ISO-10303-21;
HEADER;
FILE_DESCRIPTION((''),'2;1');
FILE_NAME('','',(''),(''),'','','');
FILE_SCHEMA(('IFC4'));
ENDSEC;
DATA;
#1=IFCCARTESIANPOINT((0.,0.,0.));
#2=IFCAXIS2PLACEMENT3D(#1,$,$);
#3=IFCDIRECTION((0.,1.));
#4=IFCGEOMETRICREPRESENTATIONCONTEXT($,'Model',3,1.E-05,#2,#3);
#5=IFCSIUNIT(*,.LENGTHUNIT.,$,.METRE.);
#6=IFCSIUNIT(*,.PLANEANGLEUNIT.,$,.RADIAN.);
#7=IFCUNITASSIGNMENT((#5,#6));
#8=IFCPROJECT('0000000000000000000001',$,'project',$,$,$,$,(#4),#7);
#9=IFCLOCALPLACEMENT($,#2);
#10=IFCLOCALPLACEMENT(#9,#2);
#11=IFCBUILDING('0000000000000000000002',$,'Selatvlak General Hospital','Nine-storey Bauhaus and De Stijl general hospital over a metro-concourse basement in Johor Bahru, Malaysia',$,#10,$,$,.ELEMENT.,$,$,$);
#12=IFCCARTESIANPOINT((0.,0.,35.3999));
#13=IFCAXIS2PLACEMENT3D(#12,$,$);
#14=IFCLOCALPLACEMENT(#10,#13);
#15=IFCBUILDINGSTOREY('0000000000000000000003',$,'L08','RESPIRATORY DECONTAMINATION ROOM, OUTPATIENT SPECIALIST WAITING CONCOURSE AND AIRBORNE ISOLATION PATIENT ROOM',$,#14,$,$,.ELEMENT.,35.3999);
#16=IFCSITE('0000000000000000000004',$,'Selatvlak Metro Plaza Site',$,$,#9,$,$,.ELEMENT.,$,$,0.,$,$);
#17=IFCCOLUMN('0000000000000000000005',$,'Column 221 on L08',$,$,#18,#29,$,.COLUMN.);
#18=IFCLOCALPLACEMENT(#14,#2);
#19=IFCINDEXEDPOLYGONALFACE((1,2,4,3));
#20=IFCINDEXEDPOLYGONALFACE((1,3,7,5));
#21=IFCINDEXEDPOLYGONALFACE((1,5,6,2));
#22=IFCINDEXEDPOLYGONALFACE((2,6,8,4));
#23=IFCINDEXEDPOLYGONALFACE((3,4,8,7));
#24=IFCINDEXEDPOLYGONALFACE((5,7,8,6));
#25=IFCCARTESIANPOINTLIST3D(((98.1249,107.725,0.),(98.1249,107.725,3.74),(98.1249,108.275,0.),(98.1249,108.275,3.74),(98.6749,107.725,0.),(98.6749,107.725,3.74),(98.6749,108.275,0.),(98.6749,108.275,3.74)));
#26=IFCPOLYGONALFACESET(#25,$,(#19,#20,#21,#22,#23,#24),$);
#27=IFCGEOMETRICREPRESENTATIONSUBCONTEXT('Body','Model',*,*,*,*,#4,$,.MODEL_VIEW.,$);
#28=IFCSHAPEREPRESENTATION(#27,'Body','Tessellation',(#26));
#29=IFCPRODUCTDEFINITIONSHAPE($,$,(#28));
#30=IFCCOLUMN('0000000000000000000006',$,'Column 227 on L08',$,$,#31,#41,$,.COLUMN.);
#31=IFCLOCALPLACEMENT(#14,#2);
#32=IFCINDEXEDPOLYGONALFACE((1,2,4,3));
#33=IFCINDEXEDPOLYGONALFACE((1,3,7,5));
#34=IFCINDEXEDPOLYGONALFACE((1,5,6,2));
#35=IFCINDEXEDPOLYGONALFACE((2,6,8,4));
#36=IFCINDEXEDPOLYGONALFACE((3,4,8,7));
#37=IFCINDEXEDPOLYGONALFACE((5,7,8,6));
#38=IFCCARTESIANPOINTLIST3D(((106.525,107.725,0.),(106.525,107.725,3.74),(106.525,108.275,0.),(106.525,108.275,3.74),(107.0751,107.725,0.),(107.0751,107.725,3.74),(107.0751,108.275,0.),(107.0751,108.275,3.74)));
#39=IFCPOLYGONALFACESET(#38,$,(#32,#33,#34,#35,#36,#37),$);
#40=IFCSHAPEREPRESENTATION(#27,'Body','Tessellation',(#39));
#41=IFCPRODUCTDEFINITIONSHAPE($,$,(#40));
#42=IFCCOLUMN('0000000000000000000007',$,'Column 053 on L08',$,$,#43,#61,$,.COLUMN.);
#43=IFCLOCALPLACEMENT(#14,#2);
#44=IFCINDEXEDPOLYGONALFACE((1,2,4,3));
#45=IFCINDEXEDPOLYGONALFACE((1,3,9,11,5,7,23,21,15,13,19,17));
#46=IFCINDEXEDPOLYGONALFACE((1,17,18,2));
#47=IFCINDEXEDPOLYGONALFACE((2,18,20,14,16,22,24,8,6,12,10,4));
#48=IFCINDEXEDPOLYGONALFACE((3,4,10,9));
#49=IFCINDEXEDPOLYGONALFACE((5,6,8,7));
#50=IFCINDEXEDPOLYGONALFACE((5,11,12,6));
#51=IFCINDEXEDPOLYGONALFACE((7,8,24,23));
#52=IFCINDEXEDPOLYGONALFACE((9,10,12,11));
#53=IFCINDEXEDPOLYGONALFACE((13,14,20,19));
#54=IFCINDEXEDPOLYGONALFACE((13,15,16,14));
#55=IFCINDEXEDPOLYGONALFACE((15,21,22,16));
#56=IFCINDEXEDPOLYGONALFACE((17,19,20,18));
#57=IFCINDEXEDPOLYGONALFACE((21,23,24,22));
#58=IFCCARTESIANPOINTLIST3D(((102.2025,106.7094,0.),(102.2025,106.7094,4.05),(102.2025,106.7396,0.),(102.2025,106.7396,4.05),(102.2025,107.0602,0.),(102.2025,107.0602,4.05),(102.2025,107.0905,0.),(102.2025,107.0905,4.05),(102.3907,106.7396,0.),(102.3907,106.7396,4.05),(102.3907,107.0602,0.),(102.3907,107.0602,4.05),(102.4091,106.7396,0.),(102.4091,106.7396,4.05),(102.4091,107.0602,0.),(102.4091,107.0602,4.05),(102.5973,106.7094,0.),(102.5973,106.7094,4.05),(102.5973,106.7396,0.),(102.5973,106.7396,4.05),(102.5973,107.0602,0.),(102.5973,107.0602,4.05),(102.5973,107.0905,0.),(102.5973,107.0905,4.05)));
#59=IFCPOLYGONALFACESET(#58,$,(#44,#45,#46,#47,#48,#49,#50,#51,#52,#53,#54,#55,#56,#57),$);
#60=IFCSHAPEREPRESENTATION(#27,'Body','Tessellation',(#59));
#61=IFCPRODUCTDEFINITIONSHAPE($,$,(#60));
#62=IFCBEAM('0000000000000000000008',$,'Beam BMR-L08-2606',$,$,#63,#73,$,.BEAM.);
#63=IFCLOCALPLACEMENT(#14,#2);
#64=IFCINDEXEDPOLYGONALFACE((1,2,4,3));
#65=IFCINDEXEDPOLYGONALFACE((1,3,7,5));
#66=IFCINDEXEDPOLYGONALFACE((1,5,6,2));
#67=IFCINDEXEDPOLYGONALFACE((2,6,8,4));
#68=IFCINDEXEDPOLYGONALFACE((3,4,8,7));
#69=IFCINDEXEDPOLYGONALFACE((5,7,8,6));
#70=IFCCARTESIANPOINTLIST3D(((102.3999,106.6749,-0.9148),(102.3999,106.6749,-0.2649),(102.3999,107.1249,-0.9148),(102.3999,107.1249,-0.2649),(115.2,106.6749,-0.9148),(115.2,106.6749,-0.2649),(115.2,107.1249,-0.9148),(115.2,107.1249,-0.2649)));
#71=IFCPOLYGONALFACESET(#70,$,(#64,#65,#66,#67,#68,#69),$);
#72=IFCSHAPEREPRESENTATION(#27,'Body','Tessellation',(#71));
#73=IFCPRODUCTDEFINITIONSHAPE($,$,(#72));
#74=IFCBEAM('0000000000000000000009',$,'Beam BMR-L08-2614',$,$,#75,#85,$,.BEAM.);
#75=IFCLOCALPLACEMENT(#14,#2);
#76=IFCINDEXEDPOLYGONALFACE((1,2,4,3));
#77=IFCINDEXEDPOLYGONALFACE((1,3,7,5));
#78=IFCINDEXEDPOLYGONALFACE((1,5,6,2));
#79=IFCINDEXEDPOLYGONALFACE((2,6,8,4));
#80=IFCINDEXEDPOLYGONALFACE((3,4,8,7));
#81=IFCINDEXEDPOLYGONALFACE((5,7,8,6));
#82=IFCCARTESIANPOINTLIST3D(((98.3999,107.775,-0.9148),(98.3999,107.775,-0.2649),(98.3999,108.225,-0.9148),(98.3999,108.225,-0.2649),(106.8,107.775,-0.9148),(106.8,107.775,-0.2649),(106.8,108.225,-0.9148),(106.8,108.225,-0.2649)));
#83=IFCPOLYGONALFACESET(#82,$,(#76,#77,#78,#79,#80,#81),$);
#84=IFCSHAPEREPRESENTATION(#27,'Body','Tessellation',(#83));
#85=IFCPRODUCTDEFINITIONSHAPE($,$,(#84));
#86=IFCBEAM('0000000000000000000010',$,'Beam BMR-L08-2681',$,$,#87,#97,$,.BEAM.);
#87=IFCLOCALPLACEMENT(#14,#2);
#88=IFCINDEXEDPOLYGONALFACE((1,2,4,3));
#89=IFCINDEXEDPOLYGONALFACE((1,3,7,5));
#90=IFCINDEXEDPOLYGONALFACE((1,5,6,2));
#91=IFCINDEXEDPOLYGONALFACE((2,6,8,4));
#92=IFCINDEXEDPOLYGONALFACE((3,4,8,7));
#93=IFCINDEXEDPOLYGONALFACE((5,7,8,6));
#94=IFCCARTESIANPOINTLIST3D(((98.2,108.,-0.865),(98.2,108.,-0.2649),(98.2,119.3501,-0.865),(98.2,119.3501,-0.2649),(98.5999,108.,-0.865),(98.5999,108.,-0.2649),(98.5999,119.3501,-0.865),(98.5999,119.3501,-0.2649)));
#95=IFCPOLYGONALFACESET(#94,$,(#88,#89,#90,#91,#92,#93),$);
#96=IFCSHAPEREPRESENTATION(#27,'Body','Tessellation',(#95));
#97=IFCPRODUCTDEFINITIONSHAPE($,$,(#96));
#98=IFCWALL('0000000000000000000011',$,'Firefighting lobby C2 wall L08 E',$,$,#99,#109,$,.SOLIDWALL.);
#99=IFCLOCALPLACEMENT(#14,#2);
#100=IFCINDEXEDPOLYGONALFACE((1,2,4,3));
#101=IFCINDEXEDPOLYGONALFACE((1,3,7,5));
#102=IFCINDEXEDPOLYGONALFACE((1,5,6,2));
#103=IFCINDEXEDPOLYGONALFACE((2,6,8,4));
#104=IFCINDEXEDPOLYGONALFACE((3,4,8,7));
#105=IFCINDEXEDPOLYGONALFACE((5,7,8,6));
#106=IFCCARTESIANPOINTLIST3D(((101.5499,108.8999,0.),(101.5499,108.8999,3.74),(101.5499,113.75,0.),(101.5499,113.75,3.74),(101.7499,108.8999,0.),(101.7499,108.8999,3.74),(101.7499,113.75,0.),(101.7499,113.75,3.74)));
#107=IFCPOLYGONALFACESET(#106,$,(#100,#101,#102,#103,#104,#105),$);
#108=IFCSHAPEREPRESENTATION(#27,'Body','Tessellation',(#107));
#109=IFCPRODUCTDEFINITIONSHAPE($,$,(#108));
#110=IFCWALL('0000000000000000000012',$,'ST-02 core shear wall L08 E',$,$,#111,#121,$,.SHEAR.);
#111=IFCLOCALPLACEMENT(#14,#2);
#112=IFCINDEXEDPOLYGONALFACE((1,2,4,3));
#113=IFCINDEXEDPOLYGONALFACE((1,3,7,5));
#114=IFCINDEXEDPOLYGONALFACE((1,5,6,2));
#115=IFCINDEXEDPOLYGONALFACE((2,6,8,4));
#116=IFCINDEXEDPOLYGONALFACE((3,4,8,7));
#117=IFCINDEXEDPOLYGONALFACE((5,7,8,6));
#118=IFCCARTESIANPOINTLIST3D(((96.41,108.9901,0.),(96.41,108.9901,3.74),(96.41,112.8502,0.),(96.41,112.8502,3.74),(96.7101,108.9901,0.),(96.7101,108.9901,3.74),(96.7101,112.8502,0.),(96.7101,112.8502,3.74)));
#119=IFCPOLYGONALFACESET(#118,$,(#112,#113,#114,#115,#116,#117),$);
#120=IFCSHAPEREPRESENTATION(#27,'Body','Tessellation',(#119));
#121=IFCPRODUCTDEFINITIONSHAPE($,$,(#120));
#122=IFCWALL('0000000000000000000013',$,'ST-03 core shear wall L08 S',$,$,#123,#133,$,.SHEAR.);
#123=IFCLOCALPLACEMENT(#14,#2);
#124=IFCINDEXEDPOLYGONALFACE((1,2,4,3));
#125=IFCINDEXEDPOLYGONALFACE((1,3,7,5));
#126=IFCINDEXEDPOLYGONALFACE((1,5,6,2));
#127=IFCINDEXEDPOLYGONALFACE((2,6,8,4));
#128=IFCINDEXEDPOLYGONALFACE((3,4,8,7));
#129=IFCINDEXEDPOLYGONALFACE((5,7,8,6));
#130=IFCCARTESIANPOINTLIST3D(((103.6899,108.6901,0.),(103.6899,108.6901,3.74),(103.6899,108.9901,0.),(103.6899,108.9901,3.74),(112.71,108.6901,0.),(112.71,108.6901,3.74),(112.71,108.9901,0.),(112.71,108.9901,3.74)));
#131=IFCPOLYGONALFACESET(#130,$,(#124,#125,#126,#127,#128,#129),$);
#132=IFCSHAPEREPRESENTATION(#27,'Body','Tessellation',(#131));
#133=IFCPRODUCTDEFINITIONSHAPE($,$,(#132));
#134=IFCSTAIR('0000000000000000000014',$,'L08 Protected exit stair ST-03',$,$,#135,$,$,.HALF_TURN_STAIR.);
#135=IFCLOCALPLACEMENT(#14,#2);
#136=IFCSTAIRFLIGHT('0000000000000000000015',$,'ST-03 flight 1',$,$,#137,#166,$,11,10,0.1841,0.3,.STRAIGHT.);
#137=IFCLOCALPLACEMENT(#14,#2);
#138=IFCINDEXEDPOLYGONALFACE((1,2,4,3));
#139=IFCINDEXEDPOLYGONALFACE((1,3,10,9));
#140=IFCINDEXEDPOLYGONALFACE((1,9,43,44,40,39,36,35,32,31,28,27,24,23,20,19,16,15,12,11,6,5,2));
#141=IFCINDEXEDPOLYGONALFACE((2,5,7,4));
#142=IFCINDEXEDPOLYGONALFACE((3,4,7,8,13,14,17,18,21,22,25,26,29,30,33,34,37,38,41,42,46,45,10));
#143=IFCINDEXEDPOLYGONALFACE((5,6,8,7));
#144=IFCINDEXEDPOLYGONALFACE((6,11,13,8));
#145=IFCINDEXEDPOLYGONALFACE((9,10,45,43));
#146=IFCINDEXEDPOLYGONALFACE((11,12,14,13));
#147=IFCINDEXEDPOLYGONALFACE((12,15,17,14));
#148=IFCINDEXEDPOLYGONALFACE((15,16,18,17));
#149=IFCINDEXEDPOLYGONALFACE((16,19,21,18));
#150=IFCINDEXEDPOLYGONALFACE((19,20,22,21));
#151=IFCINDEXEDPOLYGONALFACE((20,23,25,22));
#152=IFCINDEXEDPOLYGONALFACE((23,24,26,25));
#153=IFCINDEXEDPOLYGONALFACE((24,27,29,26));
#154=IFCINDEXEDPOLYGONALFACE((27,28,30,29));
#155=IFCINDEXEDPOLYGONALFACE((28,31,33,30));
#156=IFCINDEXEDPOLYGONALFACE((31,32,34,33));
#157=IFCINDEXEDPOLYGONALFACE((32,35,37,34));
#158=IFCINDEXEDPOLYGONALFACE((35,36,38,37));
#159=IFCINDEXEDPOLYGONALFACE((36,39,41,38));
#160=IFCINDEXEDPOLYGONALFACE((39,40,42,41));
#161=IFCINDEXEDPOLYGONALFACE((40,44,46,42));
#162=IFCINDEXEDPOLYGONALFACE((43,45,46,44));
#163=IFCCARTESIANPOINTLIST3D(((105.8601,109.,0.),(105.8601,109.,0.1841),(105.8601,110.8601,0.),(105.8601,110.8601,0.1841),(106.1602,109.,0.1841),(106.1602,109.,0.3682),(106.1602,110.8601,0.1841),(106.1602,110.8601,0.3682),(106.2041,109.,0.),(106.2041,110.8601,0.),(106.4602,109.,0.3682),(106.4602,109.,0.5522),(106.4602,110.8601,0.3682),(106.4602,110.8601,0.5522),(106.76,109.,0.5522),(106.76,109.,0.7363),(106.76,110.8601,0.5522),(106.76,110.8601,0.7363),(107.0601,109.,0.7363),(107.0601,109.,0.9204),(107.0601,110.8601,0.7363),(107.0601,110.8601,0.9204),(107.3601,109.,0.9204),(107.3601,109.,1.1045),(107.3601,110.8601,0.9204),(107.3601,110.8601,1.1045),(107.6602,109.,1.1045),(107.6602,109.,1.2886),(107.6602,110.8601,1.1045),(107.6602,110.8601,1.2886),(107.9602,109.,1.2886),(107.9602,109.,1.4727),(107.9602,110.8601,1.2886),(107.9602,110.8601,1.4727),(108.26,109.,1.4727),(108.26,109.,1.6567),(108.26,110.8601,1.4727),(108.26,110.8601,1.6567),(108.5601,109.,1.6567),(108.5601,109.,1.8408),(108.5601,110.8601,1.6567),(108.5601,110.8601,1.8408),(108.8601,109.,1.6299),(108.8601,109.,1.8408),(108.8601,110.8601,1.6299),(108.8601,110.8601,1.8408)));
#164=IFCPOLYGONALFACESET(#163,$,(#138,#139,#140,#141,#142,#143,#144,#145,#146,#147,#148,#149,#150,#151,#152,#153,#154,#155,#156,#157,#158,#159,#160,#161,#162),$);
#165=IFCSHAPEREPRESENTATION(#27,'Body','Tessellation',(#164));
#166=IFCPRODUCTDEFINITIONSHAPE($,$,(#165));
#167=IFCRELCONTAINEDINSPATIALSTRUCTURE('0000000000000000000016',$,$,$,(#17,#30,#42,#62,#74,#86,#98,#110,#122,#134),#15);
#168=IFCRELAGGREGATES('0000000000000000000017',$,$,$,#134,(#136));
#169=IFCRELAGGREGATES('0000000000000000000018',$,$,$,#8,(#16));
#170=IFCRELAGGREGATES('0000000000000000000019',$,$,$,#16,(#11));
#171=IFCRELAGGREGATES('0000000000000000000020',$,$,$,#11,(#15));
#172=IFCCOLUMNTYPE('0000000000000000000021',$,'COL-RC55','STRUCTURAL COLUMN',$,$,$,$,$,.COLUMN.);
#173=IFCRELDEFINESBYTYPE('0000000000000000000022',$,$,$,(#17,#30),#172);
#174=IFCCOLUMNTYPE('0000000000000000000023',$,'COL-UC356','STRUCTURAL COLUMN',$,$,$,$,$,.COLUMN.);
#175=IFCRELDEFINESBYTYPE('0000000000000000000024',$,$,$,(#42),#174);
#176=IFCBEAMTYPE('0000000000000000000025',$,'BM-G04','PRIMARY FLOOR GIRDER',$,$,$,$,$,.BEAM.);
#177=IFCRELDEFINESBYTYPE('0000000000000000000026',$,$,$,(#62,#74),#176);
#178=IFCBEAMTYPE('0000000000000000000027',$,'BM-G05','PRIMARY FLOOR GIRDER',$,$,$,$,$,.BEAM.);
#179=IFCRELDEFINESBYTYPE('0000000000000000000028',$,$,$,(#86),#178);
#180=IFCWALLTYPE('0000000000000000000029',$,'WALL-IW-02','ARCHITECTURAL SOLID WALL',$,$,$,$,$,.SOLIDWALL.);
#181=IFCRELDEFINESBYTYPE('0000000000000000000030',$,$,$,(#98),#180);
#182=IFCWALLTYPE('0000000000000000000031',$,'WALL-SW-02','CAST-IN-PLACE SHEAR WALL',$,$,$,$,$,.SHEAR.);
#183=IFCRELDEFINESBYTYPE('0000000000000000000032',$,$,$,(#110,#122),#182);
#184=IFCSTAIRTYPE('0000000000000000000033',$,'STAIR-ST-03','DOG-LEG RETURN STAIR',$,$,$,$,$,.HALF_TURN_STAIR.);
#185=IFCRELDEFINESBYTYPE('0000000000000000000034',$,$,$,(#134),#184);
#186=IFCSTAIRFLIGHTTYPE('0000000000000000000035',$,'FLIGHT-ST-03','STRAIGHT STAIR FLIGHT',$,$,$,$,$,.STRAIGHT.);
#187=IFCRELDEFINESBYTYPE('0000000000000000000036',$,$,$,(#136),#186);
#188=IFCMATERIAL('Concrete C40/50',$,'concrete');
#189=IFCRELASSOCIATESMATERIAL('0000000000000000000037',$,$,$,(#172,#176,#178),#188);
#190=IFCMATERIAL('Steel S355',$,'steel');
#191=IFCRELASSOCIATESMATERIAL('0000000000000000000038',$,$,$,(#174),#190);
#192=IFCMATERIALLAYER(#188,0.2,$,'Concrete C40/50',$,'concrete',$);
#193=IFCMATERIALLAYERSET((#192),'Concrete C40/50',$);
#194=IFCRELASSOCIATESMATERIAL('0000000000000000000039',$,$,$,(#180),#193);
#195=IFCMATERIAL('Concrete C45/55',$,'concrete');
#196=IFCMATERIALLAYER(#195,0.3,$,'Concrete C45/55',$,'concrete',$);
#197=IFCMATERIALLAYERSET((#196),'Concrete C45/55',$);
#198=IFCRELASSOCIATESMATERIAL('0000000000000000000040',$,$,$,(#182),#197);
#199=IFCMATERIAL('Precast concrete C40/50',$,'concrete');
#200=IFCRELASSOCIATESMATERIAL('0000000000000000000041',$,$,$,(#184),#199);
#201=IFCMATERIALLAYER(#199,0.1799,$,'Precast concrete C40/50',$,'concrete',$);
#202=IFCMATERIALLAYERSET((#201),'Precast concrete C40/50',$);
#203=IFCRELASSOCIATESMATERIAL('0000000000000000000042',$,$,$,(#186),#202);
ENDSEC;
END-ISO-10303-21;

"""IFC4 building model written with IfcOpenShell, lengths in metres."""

from ifc_helpers import new_model, si_unit, direction, frame, frame_2d, origin, origin_2d, place, context, subcontext, project, spatial, polyline, rectangle, i_section, outline, extrude, material, layer, layer_set, material_profile, profile_set, type_object, element, aggregate, save


model = new_model("IFC4")

# Units and contexts
model_context = context("Model", 3, precision=1e-05, world=origin(), true_north=direction((0.0, 1.0)))
body_context = subcontext(model_context, "Body", "Model", "MODEL_VIEW")
ifc_project = project(units=[si_unit("LENGTHUNIT", "METRE"), si_unit("PLANEANGLEUNIT", "RADIAN")], contexts=[model_context])

# Site, building, storey
site_placement = place(None, origin())
site = spatial("IfcSite", under=ifc_project, at=site_placement, Name="Selatvlak Metro Plaza Site", CompositionType="ELEMENT", RefElevation=0.0)
building_placement = place(site_placement, origin())
building = spatial("IfcBuilding", under=site, at=building_placement, Name="Selatvlak General Hospital", Description="Nine-storey Bauhaus and De Stijl general hospital over a metro-concourse basement in Johor Bahru, Malaysia", CompositionType="ELEMENT")
storey_placement = place(building_placement, frame((0.0, 0.0, 35.3999)))
storey = spatial("IfcBuildingStorey", under=building, at=storey_placement, Name="L08", Description="RESPIRATORY DECONTAMINATION ROOM, OUTPATIENT SPECIALIST WAITING CONCOURSE AND AIRBORNE ISOLATION PATIENT ROOM", CompositionType="ELEMENT", Elevation=35.3999)

# Columns
ifc_material_1 = material(Name="Concrete C40/50", Category="concrete")
ifc_material_profile_1 = material_profile(ifc_material_1, rectangle(XDim=0.55, YDim=0.55, at=origin_2d()), Name="RC-COL 550x550")
ifc_profile_set_1 = profile_set([ifc_material_profile_1], Name="Concrete C40/50")
column_type_1 = type_object("IfcColumnType", Name="COL-RC55", Description="STRUCTURAL COLUMN", PredefinedType="COLUMN", material=ifc_profile_set_1)
for number, where, z_axis, x_axis, name in (
    (1, (98.3999, 108.0, 0.0), (0.0, 0.0, 1.0), (1.0, 0.0, 0.0), "Column 221 on L08"),
    (2, (106.8, 108.0, 0.0), (0.0, 0.0, 1.0), (1.0, 0.0, 0.0), "Column 227 on L08"),
):
    element("IfcColumn", number, at=place(storey_placement, frame(where, z_axis=z_axis, x_axis=x_axis)), inside=storey, type_object=column_type_1, Name=name, PredefinedType="COLUMN", context=body_context, shape_type="SweptSolid", body=[
        extrude(rectangle(XDim=0.55, YDim=0.55, at=origin_2d()), origin(), (0.0, 0.0, 1.0), 3.74),
    ])
ifc_material_2 = material(Name="Steel S355", Category="steel")
ifc_material_profile_2 = material_profile(ifc_material_2, i_section(OverallWidth=0.3948, OverallDepth=0.3811, WebThickness=0.0183, FlangeThickness=0.0303, at=origin_2d()), Name="UC 356x406x235")
ifc_profile_set_2 = profile_set([ifc_material_profile_2], Name="Steel S355")
column_type_2 = type_object("IfcColumnType", Name="COL-UC356", Description="STRUCTURAL COLUMN", PredefinedType="COLUMN", material=ifc_profile_set_2)
column_placement = place(storey_placement, frame((102.3999, 106.8999, 0.0), z_axis=(0.0, 0.0, 1.0), x_axis=(1.0, 0.0, 0.0)))
element("IfcColumn", 3, at=column_placement, inside=storey, type_object=column_type_2, Name="Column 053 on L08", PredefinedType="COLUMN", context=body_context, shape_type="SweptSolid", body=[
    extrude(i_section(OverallWidth=0.3948, OverallDepth=0.3811, WebThickness=0.0183, FlangeThickness=0.0303, at=origin_2d()), origin(), (0.0, 0.0, 1.0), 4.05),
])

# Beams
ifc_material_profile_3 = material_profile(ifc_material_1, rectangle(XDim=0.45, YDim=0.6499, at=origin_2d()), Name="RC-BM 450x650")
ifc_profile_set_3 = profile_set([ifc_material_profile_3], Name="Concrete C40/50")
beam_type_1 = type_object("IfcBeamType", Name="BM-G04", Description="PRIMARY FLOOR GIRDER", PredefinedType="BEAM", material=ifc_profile_set_3)
beam_1_placement = place(storey_placement, frame((102.3999, 106.8999, -0.5898), z_axis=(1.0, 0.0, 0.0), x_axis=(0.0, 1.0, 0.0)))
element("IfcBeam", 4, at=beam_1_placement, inside=storey, type_object=beam_type_1, Name="Beam BMR-L08-2606", PredefinedType="BEAM", context=body_context, shape_type="SweptSolid", body=[
    extrude(rectangle(XDim=0.45, YDim=0.6499, at=origin_2d()), origin(), (0.0, 0.0, 1.0), 12.8),
])
beam_2_placement = place(storey_placement, frame((98.3999, 108.0, -0.5898), z_axis=(1.0, 0.0, 0.0), x_axis=(0.0, 1.0, 0.0)))
element("IfcBeam", 5, at=beam_2_placement, inside=storey, type_object=beam_type_1, Name="Beam BMR-L08-2614", PredefinedType="BEAM", context=body_context, shape_type="SweptSolid", body=[
    extrude(rectangle(XDim=0.45, YDim=0.6499, at=origin_2d()), origin(), (0.0, 0.0, 1.0), 8.4001),
])
ifc_material_profile_4 = material_profile(ifc_material_1, rectangle(XDim=0.3999, YDim=0.6001, at=origin_2d()), Name="RC-BM 400x600")
ifc_profile_set_4 = profile_set([ifc_material_profile_4], Name="Concrete C40/50")
beam_type_2 = type_object("IfcBeamType", Name="BM-G05", Description="PRIMARY FLOOR GIRDER", PredefinedType="BEAM", material=ifc_profile_set_4)
beam_3_placement = place(storey_placement, frame((98.3999, 108.0, -0.5649), z_axis=(0.0, 1.0, 0.0), x_axis=(-1.0, 0.0, 0.0)))
element("IfcBeam", 6, at=beam_3_placement, inside=storey, type_object=beam_type_2, Name="Beam BMR-L08-2681", PredefinedType="BEAM", context=body_context, shape_type="SweptSolid", body=[
    extrude(rectangle(XDim=0.3999, YDim=0.6001, at=origin_2d()), origin(), (0.0, 0.0, 1.0), 11.3501),
])

# Shared definitions
ifc_layer_1 = layer(ifc_material_1, 0.2, Name="Concrete C40/50", Category="concrete")
ifc_layer_set_1 = layer_set([ifc_layer_1], Name="Concrete C40/50")
wall_type_1 = type_object("IfcWallType", Name="WALL-IW-02", Description="ARCHITECTURAL SOLID WALL", PredefinedType="SOLIDWALL", material=ifc_layer_set_1)

# Walls
wall_1_placement = place(storey_placement, frame((101.6499, 108.8999, 0.0), z_axis=(0.0, 0.0, 1.0), x_axis=(0.0, 1.0, 0.0)))
element("IfcWall", 7, at=wall_1_placement, inside=storey, type_object=wall_type_1, Name="Firefighting lobby C2 wall L08 E", PredefinedType="SOLIDWALL", context=body_context, shape_type="SweptSolid", body=[
    extrude(rectangle(XDim=4.8501, YDim=0.2, at=frame_2d((2.425, 0.0))), origin(), (0.0, 0.0, 1.0), 3.74),
])
ifc_material_3 = material(Name="Concrete C45/55", Category="concrete")
ifc_layer_2 = layer(ifc_material_3, 0.3, Name="Concrete C45/55", Category="concrete")
ifc_layer_set_2 = layer_set([ifc_layer_2], Name="Concrete C45/55")
wall_type_2 = type_object("IfcWallType", Name="WALL-SW-02", Description="CAST-IN-PLACE SHEAR WALL", PredefinedType="SHEAR", material=ifc_layer_set_2)
wall_2_placement = place(storey_placement, frame((96.5601, 108.99, 0.0), z_axis=(0.0, 0.0, 1.0), x_axis=(0.0, 1.0, 0.0)))
element("IfcWall", 8, at=wall_2_placement, inside=storey, type_object=wall_type_2, Name="ST-02 core shear wall L08 E", PredefinedType="SHEAR", context=body_context, shape_type="SweptSolid", body=[
    extrude(rectangle(XDim=3.8601, YDim=0.3, at=frame_2d((1.9302, 0.0))), origin(), (0.0, 0.0, 1.0), 3.74),
])
wall_3_placement = place(storey_placement, frame((103.6899, 108.8401, 0.0), z_axis=(0.0, 0.0, 1.0), x_axis=(1.0, 0.0, 0.0)))
element("IfcWall", 9, at=wall_3_placement, inside=storey, type_object=wall_type_2, Name="ST-03 core shear wall L08 S", PredefinedType="SHEAR", context=body_context, shape_type="SweptSolid", body=[
    extrude(rectangle(XDim=9.02, YDim=0.3, at=frame_2d((4.51, 0.0))), origin(), (0.0, 0.0, 1.0), 3.74),
])

# Stair, stair flight
ifc_material_4 = material(Name="Precast concrete C40/50", Category="concrete")
stair_type = type_object("IfcStairType", Name="STAIR-ST-03", Description="DOG-LEG RETURN STAIR", PredefinedType="HALF_TURN_STAIR", material=ifc_material_4)
stair_placement = place(storey_placement, origin())
stair = element("IfcStair", 10, at=stair_placement, inside=storey, type_object=stair_type, Name="L08 Protected exit stair ST-03", PredefinedType="HALF_TURN_STAIR")
ifc_layer_3 = layer(ifc_material_4, 0.1799, Name="Precast concrete C40/50", Category="concrete")
ifc_layer_set_3 = layer_set([ifc_layer_3], Name="Precast concrete C40/50")
stair_flight_type = type_object("IfcStairFlightType", Name="FLIGHT-ST-03", Description="STRAIGHT STAIR FLIGHT", PredefinedType="STRAIGHT", material=ifc_layer_set_3)
stair_flight_1_placement = place(storey_placement, frame((105.8601, 109.9299, 0.0), z_axis=(0.0, 0.0, 1.0), x_axis=(1.0, 0.0, 0.0)))
stair_flight_1 = element("IfcStairFlight", 11, at=stair_flight_1_placement, type_object=stair_flight_type, Name="ST-03 flight 1", NumberOfRisers=11, NumberOfTreads=10, PredefinedType="STRAIGHT", RiserHeight=0.1841, TreadLength=0.3, context=body_context, shape_type="SweptSolid", body=[
    extrude(outline(polyline([(0.0, 0.0), (0.0, 0.1841), (0.3, 0.1841), (0.3, 0.3682), (0.6001, 0.3682), (0.6001, 0.5522), (0.8999, 0.5522), (0.8999, 0.7363), (1.2, 0.7363), (1.2, 0.9204), (1.5, 0.9204), (1.5, 1.1045), (1.8, 1.1045), (1.8, 1.2886), (2.1001, 1.2886), (2.1001, 1.4727), (2.3999, 1.4727), (2.3999, 1.6567), (2.7, 1.6567), (2.7, 1.8408), (3.0, 1.8408), (3.0, 2.0249), (3.0, 1.6299), (0.344, 0.0), (0.0, 0.0)])), frame((0.0, 0.9302, 0.0), z_axis=(0.0, -1.0, 0.0), x_axis=(1.0, 0.0, 0.0)), (0.0, 0.0, 1.0), 1.8601),
])
aggregate(stair, [stair_flight_1])

save(model, "model.ifc")
